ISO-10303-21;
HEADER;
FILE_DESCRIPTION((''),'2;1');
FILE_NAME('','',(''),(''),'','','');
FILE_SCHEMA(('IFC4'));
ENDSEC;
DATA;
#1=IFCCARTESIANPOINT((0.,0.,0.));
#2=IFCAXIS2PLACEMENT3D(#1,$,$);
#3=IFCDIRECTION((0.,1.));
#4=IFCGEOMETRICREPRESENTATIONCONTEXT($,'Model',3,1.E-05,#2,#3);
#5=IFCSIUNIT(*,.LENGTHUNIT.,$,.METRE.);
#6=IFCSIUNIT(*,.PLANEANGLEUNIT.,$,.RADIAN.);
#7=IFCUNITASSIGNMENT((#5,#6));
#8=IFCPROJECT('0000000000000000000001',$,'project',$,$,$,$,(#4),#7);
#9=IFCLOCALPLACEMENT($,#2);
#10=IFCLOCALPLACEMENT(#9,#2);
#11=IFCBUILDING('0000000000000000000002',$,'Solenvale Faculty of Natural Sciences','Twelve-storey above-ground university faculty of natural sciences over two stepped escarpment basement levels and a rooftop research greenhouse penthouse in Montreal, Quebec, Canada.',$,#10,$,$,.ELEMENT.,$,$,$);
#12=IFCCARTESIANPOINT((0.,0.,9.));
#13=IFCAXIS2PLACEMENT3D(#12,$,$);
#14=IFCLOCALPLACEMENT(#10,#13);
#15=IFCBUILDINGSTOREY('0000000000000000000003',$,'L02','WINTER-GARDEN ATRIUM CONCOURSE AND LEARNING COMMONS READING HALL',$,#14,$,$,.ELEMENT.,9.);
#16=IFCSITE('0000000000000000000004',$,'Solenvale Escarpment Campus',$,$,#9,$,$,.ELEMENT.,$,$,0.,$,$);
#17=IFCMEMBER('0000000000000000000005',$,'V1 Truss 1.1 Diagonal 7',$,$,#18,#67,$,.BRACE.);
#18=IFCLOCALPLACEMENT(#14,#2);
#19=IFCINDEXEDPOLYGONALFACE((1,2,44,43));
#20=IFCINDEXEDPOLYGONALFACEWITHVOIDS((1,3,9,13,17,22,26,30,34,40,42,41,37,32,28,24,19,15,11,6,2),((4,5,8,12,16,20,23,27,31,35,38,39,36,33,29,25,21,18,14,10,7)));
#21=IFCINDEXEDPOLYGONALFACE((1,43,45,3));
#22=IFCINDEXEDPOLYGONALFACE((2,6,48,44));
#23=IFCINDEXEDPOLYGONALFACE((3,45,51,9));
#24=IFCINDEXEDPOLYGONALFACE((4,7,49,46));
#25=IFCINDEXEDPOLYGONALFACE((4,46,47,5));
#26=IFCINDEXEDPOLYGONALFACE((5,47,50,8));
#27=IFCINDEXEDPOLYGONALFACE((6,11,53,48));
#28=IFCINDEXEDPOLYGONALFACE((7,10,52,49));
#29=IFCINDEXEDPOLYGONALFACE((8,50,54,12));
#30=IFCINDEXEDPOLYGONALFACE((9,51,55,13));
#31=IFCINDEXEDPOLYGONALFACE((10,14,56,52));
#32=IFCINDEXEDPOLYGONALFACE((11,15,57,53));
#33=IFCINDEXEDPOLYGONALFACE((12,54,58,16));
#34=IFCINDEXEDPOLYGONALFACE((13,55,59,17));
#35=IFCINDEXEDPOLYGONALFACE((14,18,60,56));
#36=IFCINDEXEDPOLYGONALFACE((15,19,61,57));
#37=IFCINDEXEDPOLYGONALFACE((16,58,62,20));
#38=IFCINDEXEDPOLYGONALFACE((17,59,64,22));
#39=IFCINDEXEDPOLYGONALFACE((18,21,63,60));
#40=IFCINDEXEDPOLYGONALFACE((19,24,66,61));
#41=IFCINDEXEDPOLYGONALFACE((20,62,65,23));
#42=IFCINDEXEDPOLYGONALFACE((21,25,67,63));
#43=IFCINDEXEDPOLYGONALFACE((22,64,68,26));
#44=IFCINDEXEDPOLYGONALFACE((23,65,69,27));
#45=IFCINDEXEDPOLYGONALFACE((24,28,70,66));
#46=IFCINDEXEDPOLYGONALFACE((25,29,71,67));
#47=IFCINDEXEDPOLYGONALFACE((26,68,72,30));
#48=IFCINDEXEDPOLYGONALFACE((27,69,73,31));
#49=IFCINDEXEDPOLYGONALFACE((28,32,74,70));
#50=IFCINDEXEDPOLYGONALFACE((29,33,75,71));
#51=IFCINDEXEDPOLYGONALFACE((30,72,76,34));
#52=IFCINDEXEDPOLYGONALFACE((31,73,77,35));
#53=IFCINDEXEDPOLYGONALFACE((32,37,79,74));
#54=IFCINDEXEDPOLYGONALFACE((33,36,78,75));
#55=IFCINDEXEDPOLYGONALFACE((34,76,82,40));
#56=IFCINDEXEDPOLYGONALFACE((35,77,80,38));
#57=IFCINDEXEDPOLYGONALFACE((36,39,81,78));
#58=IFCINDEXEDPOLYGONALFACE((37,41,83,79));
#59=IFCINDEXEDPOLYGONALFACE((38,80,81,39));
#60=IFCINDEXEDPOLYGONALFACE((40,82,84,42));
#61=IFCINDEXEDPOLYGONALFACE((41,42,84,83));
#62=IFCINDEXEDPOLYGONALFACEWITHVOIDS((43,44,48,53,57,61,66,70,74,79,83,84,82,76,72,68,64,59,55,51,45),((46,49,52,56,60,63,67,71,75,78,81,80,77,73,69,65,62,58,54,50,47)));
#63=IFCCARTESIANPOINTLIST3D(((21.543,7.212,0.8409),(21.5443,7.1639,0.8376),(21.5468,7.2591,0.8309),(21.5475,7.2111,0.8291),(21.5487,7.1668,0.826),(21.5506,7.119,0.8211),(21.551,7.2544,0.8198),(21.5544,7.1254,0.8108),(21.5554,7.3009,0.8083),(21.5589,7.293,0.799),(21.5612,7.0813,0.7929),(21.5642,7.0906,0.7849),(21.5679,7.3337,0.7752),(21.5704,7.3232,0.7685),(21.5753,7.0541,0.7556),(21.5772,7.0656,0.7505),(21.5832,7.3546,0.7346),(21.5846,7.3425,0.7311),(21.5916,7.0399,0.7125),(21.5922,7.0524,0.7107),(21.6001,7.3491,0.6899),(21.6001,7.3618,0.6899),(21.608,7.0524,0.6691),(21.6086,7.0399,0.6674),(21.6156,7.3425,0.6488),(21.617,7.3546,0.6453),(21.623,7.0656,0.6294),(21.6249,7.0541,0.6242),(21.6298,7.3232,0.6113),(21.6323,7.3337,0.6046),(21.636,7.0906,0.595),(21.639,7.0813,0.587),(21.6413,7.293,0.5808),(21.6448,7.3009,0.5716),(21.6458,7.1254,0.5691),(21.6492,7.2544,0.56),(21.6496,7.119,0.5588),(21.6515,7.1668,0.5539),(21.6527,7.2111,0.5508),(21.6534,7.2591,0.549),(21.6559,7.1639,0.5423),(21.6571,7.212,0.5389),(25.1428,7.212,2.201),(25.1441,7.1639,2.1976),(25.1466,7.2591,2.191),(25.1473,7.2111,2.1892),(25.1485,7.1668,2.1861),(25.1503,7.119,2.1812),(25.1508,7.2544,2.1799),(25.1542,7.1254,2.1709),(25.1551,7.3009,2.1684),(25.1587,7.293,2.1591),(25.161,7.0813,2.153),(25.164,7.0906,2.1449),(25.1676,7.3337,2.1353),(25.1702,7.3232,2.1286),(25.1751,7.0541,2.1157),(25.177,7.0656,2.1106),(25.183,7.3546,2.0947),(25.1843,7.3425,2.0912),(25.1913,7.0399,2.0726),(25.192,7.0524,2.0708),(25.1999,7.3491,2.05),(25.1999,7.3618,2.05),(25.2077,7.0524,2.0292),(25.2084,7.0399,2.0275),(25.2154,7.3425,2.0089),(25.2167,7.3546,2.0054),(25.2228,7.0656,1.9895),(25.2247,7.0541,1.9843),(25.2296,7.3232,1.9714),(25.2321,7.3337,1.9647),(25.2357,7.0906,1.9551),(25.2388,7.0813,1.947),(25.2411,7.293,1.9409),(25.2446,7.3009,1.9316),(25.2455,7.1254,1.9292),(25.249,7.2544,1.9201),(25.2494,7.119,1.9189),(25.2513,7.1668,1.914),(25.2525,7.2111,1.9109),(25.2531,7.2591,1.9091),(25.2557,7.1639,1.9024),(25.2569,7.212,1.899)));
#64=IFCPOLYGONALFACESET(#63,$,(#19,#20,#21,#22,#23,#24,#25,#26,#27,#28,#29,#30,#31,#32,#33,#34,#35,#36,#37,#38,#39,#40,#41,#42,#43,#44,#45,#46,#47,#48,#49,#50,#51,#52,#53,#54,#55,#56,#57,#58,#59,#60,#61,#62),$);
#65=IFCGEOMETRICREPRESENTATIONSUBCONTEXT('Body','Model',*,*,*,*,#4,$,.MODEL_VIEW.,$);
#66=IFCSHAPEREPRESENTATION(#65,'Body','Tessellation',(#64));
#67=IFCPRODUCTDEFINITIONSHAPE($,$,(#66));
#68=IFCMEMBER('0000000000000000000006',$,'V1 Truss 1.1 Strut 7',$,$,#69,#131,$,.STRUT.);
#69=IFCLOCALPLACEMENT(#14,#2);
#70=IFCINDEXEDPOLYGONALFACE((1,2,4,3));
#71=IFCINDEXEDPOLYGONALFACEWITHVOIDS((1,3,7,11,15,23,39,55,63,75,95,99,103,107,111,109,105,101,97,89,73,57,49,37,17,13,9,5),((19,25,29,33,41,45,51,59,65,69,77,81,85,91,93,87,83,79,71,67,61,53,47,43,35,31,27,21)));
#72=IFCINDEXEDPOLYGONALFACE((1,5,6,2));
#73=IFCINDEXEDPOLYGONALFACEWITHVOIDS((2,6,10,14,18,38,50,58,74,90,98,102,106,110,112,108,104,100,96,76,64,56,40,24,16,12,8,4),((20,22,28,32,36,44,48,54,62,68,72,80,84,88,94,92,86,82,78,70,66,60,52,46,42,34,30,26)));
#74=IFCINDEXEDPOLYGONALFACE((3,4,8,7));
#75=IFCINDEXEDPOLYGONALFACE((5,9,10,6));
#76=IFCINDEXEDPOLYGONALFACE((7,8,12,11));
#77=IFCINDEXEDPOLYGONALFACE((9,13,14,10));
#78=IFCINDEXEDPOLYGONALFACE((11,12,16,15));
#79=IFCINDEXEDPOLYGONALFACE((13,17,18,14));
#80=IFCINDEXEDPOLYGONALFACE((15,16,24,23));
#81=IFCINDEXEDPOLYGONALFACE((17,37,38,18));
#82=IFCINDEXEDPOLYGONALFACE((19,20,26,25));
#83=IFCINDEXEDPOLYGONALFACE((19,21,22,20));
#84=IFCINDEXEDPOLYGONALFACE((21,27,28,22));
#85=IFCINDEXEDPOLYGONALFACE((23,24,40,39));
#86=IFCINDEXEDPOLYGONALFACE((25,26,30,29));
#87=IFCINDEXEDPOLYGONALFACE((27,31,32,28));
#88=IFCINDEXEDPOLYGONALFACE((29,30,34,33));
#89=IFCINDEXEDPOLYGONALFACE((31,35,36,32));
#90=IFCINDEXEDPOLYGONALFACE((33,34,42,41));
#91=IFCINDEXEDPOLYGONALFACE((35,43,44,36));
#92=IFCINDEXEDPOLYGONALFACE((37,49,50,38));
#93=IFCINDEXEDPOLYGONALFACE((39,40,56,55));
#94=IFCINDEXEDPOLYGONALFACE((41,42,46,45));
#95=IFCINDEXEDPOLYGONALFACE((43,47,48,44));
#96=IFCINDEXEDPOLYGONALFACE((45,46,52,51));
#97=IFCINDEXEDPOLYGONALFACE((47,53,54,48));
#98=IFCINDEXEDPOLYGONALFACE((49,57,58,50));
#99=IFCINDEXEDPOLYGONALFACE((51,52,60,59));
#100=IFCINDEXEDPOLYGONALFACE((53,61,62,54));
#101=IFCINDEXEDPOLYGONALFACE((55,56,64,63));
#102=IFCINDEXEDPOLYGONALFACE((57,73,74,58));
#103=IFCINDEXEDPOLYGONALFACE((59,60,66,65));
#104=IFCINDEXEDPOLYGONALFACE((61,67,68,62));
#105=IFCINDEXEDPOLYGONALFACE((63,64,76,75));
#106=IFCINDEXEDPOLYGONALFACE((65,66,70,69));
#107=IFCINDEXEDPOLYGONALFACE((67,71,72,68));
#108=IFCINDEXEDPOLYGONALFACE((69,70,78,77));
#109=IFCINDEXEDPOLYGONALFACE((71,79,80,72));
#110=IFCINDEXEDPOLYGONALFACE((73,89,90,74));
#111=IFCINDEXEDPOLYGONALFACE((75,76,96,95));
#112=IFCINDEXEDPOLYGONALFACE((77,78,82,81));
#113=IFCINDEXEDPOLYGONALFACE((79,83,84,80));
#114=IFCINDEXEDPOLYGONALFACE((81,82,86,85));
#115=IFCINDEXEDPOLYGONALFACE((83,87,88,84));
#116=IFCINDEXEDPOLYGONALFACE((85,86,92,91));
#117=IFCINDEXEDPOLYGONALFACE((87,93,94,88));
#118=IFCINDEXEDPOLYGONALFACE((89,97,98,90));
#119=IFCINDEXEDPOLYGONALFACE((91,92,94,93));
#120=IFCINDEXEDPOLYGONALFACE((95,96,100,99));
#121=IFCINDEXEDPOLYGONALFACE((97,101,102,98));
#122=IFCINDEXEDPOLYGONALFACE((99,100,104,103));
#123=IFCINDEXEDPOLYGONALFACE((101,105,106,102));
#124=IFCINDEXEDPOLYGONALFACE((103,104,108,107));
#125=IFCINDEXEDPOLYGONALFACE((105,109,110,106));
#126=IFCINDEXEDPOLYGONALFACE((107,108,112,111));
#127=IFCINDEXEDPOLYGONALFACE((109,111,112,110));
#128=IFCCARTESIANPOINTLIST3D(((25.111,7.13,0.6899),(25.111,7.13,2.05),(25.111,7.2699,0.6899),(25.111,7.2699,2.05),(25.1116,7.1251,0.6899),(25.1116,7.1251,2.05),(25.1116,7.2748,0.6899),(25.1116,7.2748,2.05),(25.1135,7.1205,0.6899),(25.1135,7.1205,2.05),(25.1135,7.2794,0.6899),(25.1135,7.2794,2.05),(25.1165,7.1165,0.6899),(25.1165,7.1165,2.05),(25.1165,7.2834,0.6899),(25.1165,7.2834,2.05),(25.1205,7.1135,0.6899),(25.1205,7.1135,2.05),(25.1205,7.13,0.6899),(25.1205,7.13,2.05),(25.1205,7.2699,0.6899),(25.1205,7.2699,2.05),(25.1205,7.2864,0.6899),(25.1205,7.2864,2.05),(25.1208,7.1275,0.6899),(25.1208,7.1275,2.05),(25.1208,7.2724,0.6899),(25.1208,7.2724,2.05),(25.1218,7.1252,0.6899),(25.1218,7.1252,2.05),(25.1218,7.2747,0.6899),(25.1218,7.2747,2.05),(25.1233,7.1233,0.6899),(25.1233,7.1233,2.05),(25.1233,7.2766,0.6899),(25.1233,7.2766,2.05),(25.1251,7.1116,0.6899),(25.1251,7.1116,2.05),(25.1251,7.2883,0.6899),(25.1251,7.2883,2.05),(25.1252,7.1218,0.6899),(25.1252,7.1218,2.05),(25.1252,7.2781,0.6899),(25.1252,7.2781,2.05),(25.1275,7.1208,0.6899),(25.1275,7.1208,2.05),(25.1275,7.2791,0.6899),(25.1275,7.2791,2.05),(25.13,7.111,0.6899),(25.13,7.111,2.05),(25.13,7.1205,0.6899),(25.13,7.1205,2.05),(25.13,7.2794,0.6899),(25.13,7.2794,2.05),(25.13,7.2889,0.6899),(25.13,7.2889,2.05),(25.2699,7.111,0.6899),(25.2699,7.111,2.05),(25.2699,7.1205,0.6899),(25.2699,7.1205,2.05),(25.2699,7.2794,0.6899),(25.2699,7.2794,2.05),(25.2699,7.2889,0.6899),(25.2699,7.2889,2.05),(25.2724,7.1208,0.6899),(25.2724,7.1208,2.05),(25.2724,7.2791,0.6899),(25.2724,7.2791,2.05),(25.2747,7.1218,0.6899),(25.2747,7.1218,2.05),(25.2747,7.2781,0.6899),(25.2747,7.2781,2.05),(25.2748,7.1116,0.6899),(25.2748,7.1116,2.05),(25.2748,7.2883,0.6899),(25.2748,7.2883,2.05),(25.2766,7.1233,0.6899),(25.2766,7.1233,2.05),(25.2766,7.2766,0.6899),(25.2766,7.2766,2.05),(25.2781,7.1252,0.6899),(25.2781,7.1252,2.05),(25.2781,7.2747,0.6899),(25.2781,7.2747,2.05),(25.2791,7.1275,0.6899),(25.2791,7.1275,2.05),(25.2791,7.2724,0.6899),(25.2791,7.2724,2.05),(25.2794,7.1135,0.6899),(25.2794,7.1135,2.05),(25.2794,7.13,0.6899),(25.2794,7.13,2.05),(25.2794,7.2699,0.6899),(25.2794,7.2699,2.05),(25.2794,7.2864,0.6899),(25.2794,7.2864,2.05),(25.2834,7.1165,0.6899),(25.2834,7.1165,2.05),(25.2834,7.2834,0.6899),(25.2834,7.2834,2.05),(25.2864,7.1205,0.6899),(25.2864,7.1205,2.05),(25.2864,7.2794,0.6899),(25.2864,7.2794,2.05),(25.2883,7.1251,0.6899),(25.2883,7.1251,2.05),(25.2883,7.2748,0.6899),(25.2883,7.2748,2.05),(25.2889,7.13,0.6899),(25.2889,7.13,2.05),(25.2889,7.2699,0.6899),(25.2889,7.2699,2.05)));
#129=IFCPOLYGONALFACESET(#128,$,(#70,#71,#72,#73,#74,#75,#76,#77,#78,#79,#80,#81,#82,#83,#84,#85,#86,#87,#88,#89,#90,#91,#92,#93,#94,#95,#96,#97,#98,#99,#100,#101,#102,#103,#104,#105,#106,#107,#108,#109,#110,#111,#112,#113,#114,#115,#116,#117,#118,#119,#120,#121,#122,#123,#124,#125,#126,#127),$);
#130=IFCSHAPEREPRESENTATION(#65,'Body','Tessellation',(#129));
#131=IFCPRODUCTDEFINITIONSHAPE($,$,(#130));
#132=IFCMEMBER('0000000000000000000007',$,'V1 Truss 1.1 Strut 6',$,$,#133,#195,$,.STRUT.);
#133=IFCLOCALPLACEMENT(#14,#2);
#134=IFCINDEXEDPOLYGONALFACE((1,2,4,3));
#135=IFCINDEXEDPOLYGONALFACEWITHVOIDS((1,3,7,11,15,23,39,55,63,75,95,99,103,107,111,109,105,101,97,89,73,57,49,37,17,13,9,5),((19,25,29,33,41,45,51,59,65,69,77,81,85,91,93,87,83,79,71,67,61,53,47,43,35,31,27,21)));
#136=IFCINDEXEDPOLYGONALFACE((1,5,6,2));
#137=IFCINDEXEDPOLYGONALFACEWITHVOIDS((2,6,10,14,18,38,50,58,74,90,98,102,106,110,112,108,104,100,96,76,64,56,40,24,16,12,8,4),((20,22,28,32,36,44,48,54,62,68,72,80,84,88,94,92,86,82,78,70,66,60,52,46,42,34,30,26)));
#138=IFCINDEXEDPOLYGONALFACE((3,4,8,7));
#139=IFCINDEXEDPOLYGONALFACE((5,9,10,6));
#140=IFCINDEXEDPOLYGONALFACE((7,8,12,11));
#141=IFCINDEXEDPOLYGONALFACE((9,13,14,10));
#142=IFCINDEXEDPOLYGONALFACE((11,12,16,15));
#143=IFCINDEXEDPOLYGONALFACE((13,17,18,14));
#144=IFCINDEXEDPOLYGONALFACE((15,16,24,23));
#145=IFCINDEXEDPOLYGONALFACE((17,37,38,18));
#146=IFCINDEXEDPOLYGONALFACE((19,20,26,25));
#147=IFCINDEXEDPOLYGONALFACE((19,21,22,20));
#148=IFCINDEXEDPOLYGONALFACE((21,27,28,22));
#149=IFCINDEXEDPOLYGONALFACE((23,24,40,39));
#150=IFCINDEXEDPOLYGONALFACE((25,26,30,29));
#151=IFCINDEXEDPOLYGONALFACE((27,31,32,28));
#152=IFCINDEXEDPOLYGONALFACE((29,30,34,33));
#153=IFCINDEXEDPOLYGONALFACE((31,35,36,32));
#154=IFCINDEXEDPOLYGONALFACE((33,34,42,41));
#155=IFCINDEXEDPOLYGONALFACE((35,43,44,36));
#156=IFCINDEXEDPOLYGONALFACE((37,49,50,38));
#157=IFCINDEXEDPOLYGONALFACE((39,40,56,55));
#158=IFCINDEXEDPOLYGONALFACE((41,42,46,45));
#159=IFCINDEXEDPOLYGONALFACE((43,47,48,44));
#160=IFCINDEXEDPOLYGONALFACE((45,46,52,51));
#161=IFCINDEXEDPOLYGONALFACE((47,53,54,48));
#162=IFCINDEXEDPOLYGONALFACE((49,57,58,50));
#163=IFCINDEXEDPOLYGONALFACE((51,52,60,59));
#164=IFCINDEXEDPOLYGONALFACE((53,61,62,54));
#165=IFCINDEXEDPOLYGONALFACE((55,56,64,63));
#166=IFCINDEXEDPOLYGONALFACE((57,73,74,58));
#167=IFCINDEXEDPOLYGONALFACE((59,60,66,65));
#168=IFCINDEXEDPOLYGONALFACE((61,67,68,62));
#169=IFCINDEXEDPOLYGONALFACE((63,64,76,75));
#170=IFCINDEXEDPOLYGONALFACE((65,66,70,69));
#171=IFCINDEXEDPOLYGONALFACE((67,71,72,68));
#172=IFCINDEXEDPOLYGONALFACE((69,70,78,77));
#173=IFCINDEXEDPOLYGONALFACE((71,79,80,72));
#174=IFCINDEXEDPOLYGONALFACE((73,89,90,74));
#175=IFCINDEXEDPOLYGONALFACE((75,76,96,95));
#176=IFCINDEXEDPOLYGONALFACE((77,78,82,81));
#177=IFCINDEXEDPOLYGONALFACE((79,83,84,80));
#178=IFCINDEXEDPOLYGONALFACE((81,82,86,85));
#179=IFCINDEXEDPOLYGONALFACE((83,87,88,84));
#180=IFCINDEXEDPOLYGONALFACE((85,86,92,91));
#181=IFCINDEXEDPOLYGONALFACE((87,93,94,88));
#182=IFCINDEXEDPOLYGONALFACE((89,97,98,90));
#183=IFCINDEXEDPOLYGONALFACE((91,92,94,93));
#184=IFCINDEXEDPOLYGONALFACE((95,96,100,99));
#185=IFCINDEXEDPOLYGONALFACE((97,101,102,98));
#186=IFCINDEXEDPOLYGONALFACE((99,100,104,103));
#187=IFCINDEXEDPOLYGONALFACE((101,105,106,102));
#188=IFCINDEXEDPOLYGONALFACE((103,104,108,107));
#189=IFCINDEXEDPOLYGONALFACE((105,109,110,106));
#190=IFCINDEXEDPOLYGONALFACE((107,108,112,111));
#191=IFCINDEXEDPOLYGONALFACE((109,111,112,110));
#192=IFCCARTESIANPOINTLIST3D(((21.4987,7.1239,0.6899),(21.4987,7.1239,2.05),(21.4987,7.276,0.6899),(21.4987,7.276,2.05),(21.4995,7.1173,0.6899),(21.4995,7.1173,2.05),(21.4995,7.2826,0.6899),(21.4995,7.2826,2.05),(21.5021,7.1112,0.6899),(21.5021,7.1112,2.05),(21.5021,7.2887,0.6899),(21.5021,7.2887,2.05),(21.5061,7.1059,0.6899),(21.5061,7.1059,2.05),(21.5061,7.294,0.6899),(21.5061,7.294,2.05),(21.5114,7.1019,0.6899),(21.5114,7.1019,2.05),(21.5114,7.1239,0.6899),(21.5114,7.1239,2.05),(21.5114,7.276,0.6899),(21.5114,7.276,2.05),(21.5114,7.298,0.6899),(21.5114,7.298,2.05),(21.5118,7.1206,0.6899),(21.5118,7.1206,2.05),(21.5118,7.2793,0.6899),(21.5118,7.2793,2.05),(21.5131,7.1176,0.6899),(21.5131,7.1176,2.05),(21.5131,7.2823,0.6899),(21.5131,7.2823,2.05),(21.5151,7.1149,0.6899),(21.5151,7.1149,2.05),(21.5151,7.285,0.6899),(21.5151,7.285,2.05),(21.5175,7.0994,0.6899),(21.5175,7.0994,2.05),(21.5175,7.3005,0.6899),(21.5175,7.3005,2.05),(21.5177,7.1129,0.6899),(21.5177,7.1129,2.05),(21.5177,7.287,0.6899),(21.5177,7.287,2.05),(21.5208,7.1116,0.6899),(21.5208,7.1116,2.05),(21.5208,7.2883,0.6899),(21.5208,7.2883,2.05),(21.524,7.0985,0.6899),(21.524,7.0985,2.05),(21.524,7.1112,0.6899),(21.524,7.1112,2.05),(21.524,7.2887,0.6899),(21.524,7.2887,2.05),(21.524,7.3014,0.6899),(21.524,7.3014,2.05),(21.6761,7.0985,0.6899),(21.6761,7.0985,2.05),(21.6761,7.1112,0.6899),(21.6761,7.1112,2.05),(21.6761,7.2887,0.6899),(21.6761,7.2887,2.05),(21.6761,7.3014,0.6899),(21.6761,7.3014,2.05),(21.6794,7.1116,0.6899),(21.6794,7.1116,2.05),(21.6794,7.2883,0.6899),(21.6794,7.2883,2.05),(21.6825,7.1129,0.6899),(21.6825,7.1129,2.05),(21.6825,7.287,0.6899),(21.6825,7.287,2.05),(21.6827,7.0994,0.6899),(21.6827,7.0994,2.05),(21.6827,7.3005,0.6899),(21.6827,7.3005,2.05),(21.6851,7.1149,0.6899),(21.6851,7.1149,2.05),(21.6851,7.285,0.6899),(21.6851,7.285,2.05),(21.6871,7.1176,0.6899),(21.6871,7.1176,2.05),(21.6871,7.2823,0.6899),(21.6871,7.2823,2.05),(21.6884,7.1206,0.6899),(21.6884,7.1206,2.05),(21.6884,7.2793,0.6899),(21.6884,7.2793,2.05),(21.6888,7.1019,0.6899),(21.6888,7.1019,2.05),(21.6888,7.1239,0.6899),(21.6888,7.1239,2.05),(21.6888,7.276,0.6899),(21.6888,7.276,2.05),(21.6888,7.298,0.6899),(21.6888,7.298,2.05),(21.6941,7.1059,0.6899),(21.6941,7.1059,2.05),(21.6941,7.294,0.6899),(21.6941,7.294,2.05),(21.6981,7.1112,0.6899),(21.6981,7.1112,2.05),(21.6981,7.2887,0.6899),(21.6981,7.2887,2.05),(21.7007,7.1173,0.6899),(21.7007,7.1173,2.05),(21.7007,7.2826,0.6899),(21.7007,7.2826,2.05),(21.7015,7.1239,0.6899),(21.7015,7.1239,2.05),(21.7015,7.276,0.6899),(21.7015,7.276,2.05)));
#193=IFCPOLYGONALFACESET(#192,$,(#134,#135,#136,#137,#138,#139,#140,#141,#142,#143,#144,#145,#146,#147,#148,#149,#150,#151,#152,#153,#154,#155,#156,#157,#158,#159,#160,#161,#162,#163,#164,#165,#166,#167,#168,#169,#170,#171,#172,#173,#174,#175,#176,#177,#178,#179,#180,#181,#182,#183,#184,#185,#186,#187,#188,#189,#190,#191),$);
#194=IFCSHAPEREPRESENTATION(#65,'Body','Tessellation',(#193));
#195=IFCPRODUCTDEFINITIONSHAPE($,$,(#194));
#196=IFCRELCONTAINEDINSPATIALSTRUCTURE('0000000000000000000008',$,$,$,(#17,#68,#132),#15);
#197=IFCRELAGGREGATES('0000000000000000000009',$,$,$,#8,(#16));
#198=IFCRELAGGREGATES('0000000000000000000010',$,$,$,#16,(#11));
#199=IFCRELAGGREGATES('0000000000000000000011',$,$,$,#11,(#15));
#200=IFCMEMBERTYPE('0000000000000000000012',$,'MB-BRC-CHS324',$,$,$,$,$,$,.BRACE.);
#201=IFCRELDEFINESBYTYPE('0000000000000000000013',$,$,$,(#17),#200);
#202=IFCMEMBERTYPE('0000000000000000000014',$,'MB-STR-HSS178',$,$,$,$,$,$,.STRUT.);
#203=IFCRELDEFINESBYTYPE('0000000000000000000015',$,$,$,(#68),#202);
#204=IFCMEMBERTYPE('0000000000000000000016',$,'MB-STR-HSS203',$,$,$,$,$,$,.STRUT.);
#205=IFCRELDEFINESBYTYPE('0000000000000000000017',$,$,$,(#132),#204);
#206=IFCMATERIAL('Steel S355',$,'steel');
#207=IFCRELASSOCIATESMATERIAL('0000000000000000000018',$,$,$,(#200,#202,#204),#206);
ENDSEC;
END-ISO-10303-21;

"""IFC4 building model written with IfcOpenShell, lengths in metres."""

from ifc_helpers import new_model, si_unit, direction, frame, origin, origin_2d, place, context, subcontext, project, spatial, hollow_rectangle, hollow_circle, extrude, material, material_profile, profile_set, type_object, element, save


model = new_model("IFC4")

# Units and contexts
model_context = context("Model", 3, precision=1e-05, world=origin(), true_north=direction((0.0, 1.0)))
body_context = subcontext(model_context, "Body", "Model", "MODEL_VIEW")
ifc_project = project(units=[si_unit("LENGTHUNIT", "METRE"), si_unit("PLANEANGLEUNIT", "RADIAN")], contexts=[model_context])

# Site, building, storey
site_placement = place(None, origin())
site = spatial("IfcSite", under=ifc_project, at=site_placement, Name="Solenvale Escarpment Campus", CompositionType="ELEMENT", RefElevation=0.0)
building_placement = place(site_placement, origin())
building = spatial("IfcBuilding", under=site, at=building_placement, Name="Solenvale Faculty of Natural Sciences", Description="Twelve-storey above-ground university faculty of natural sciences over two stepped escarpment basement levels and a rooftop research greenhouse penthouse in Montreal, Quebec, Canada.", CompositionType="ELEMENT")
storey_placement = place(building_placement, frame((0.0, 0.0, 9.0)))
storey = spatial("IfcBuildingStorey", under=building, at=storey_placement, Name="L02", Description="WINTER-GARDEN ATRIUM CONCOURSE AND LEARNING COMMONS READING HALL", CompositionType="ELEMENT", Elevation=9.0)

# Shared definitions
ifc_material_1 = material(Name="Steel S355", Category="steel")

# Members
ifc_material_profile_1 = material_profile(ifc_material_1, hollow_circle(Radius=0.1619, WallThickness=0.0127, at=origin_2d()), Name="HSS324x13")
ifc_profile_set_1 = profile_set([ifc_material_profile_1], Name="Steel S355")
member_type_1 = type_object("IfcMemberType", Name="MB-BRC-CHS324", PredefinedType="BRACE", material=ifc_profile_set_1)
member_1_placement = place(storey_placement, frame((21.6001, 7.2, 0.6899), z_axis=(0.935458, 0.0, 0.353438), x_axis=(0.0, 1.0, 0.0)))
element("IfcMember", 1, at=member_1_placement, inside=storey, type_object=member_type_1, Name="V1 Truss 1.1 Diagonal 7", PredefinedType="BRACE", context=body_context, shape_type="SweptSolid", body=[
    extrude(hollow_circle(Radius=0.1619, WallThickness=0.0127, at=origin_2d()), origin(), (0.0, 0.0, 1.0), 3.8481),
])
ifc_material_profile_2 = material_profile(ifc_material_1, hollow_rectangle(XDim=0.178, YDim=0.178, WallThickness=0.0095, InnerFilletRadius=0.0095, OuterFilletRadius=0.019, at=origin_2d()), Name="HSS178x178x9.5")
ifc_profile_set_2 = profile_set([ifc_material_profile_2], Name="Steel S355")
member_type_2 = type_object("IfcMemberType", Name="MB-STR-HSS178", PredefinedType="STRUT", material=ifc_profile_set_2)
member_2_placement = place(storey_placement, frame((25.2, 7.2, 0.6899), z_axis=(0.0, 0.0, 1.0), x_axis=(1.0, 0.0, 0.0)))
element("IfcMember", 2, at=member_2_placement, inside=storey, type_object=member_type_2, Name="V1 Truss 1.1 Strut 7", PredefinedType="STRUT", context=body_context, shape_type="SweptSolid", body=[
    extrude(hollow_rectangle(XDim=0.178, YDim=0.178, WallThickness=0.0095, InnerFilletRadius=0.0095, OuterFilletRadius=0.019, at=origin_2d()), origin(), (0.0, 0.0, 1.0), 1.3601),
])
ifc_material_profile_3 = material_profile(ifc_material_1, hollow_rectangle(XDim=0.2029, YDim=0.2029, WallThickness=0.0127, InnerFilletRadius=0.0127, OuterFilletRadius=0.0254, at=origin_2d()), Name="HSS203x203x13")
ifc_profile_set_3 = profile_set([ifc_material_profile_3], Name="Steel S355")
member_type_3 = type_object("IfcMemberType", Name="MB-STR-HSS203", PredefinedType="STRUT", material=ifc_profile_set_3)
member_3_placement = place(storey_placement, frame((21.6001, 7.2, 0.6899), z_axis=(0.0, 0.0, 1.0), x_axis=(1.0, 0.0, 0.0)))
element("IfcMember", 3, at=member_3_placement, inside=storey, type_object=member_type_3, Name="V1 Truss 1.1 Strut 6", PredefinedType="STRUT", context=body_context, shape_type="SweptSolid", body=[
    extrude(hollow_rectangle(XDim=0.2029, YDim=0.2029, WallThickness=0.0127, InnerFilletRadius=0.0127, OuterFilletRadius=0.0254, at=origin_2d()), origin(), (0.0, 0.0, 1.0), 1.3601),
])

save(model, "model.ifc")
